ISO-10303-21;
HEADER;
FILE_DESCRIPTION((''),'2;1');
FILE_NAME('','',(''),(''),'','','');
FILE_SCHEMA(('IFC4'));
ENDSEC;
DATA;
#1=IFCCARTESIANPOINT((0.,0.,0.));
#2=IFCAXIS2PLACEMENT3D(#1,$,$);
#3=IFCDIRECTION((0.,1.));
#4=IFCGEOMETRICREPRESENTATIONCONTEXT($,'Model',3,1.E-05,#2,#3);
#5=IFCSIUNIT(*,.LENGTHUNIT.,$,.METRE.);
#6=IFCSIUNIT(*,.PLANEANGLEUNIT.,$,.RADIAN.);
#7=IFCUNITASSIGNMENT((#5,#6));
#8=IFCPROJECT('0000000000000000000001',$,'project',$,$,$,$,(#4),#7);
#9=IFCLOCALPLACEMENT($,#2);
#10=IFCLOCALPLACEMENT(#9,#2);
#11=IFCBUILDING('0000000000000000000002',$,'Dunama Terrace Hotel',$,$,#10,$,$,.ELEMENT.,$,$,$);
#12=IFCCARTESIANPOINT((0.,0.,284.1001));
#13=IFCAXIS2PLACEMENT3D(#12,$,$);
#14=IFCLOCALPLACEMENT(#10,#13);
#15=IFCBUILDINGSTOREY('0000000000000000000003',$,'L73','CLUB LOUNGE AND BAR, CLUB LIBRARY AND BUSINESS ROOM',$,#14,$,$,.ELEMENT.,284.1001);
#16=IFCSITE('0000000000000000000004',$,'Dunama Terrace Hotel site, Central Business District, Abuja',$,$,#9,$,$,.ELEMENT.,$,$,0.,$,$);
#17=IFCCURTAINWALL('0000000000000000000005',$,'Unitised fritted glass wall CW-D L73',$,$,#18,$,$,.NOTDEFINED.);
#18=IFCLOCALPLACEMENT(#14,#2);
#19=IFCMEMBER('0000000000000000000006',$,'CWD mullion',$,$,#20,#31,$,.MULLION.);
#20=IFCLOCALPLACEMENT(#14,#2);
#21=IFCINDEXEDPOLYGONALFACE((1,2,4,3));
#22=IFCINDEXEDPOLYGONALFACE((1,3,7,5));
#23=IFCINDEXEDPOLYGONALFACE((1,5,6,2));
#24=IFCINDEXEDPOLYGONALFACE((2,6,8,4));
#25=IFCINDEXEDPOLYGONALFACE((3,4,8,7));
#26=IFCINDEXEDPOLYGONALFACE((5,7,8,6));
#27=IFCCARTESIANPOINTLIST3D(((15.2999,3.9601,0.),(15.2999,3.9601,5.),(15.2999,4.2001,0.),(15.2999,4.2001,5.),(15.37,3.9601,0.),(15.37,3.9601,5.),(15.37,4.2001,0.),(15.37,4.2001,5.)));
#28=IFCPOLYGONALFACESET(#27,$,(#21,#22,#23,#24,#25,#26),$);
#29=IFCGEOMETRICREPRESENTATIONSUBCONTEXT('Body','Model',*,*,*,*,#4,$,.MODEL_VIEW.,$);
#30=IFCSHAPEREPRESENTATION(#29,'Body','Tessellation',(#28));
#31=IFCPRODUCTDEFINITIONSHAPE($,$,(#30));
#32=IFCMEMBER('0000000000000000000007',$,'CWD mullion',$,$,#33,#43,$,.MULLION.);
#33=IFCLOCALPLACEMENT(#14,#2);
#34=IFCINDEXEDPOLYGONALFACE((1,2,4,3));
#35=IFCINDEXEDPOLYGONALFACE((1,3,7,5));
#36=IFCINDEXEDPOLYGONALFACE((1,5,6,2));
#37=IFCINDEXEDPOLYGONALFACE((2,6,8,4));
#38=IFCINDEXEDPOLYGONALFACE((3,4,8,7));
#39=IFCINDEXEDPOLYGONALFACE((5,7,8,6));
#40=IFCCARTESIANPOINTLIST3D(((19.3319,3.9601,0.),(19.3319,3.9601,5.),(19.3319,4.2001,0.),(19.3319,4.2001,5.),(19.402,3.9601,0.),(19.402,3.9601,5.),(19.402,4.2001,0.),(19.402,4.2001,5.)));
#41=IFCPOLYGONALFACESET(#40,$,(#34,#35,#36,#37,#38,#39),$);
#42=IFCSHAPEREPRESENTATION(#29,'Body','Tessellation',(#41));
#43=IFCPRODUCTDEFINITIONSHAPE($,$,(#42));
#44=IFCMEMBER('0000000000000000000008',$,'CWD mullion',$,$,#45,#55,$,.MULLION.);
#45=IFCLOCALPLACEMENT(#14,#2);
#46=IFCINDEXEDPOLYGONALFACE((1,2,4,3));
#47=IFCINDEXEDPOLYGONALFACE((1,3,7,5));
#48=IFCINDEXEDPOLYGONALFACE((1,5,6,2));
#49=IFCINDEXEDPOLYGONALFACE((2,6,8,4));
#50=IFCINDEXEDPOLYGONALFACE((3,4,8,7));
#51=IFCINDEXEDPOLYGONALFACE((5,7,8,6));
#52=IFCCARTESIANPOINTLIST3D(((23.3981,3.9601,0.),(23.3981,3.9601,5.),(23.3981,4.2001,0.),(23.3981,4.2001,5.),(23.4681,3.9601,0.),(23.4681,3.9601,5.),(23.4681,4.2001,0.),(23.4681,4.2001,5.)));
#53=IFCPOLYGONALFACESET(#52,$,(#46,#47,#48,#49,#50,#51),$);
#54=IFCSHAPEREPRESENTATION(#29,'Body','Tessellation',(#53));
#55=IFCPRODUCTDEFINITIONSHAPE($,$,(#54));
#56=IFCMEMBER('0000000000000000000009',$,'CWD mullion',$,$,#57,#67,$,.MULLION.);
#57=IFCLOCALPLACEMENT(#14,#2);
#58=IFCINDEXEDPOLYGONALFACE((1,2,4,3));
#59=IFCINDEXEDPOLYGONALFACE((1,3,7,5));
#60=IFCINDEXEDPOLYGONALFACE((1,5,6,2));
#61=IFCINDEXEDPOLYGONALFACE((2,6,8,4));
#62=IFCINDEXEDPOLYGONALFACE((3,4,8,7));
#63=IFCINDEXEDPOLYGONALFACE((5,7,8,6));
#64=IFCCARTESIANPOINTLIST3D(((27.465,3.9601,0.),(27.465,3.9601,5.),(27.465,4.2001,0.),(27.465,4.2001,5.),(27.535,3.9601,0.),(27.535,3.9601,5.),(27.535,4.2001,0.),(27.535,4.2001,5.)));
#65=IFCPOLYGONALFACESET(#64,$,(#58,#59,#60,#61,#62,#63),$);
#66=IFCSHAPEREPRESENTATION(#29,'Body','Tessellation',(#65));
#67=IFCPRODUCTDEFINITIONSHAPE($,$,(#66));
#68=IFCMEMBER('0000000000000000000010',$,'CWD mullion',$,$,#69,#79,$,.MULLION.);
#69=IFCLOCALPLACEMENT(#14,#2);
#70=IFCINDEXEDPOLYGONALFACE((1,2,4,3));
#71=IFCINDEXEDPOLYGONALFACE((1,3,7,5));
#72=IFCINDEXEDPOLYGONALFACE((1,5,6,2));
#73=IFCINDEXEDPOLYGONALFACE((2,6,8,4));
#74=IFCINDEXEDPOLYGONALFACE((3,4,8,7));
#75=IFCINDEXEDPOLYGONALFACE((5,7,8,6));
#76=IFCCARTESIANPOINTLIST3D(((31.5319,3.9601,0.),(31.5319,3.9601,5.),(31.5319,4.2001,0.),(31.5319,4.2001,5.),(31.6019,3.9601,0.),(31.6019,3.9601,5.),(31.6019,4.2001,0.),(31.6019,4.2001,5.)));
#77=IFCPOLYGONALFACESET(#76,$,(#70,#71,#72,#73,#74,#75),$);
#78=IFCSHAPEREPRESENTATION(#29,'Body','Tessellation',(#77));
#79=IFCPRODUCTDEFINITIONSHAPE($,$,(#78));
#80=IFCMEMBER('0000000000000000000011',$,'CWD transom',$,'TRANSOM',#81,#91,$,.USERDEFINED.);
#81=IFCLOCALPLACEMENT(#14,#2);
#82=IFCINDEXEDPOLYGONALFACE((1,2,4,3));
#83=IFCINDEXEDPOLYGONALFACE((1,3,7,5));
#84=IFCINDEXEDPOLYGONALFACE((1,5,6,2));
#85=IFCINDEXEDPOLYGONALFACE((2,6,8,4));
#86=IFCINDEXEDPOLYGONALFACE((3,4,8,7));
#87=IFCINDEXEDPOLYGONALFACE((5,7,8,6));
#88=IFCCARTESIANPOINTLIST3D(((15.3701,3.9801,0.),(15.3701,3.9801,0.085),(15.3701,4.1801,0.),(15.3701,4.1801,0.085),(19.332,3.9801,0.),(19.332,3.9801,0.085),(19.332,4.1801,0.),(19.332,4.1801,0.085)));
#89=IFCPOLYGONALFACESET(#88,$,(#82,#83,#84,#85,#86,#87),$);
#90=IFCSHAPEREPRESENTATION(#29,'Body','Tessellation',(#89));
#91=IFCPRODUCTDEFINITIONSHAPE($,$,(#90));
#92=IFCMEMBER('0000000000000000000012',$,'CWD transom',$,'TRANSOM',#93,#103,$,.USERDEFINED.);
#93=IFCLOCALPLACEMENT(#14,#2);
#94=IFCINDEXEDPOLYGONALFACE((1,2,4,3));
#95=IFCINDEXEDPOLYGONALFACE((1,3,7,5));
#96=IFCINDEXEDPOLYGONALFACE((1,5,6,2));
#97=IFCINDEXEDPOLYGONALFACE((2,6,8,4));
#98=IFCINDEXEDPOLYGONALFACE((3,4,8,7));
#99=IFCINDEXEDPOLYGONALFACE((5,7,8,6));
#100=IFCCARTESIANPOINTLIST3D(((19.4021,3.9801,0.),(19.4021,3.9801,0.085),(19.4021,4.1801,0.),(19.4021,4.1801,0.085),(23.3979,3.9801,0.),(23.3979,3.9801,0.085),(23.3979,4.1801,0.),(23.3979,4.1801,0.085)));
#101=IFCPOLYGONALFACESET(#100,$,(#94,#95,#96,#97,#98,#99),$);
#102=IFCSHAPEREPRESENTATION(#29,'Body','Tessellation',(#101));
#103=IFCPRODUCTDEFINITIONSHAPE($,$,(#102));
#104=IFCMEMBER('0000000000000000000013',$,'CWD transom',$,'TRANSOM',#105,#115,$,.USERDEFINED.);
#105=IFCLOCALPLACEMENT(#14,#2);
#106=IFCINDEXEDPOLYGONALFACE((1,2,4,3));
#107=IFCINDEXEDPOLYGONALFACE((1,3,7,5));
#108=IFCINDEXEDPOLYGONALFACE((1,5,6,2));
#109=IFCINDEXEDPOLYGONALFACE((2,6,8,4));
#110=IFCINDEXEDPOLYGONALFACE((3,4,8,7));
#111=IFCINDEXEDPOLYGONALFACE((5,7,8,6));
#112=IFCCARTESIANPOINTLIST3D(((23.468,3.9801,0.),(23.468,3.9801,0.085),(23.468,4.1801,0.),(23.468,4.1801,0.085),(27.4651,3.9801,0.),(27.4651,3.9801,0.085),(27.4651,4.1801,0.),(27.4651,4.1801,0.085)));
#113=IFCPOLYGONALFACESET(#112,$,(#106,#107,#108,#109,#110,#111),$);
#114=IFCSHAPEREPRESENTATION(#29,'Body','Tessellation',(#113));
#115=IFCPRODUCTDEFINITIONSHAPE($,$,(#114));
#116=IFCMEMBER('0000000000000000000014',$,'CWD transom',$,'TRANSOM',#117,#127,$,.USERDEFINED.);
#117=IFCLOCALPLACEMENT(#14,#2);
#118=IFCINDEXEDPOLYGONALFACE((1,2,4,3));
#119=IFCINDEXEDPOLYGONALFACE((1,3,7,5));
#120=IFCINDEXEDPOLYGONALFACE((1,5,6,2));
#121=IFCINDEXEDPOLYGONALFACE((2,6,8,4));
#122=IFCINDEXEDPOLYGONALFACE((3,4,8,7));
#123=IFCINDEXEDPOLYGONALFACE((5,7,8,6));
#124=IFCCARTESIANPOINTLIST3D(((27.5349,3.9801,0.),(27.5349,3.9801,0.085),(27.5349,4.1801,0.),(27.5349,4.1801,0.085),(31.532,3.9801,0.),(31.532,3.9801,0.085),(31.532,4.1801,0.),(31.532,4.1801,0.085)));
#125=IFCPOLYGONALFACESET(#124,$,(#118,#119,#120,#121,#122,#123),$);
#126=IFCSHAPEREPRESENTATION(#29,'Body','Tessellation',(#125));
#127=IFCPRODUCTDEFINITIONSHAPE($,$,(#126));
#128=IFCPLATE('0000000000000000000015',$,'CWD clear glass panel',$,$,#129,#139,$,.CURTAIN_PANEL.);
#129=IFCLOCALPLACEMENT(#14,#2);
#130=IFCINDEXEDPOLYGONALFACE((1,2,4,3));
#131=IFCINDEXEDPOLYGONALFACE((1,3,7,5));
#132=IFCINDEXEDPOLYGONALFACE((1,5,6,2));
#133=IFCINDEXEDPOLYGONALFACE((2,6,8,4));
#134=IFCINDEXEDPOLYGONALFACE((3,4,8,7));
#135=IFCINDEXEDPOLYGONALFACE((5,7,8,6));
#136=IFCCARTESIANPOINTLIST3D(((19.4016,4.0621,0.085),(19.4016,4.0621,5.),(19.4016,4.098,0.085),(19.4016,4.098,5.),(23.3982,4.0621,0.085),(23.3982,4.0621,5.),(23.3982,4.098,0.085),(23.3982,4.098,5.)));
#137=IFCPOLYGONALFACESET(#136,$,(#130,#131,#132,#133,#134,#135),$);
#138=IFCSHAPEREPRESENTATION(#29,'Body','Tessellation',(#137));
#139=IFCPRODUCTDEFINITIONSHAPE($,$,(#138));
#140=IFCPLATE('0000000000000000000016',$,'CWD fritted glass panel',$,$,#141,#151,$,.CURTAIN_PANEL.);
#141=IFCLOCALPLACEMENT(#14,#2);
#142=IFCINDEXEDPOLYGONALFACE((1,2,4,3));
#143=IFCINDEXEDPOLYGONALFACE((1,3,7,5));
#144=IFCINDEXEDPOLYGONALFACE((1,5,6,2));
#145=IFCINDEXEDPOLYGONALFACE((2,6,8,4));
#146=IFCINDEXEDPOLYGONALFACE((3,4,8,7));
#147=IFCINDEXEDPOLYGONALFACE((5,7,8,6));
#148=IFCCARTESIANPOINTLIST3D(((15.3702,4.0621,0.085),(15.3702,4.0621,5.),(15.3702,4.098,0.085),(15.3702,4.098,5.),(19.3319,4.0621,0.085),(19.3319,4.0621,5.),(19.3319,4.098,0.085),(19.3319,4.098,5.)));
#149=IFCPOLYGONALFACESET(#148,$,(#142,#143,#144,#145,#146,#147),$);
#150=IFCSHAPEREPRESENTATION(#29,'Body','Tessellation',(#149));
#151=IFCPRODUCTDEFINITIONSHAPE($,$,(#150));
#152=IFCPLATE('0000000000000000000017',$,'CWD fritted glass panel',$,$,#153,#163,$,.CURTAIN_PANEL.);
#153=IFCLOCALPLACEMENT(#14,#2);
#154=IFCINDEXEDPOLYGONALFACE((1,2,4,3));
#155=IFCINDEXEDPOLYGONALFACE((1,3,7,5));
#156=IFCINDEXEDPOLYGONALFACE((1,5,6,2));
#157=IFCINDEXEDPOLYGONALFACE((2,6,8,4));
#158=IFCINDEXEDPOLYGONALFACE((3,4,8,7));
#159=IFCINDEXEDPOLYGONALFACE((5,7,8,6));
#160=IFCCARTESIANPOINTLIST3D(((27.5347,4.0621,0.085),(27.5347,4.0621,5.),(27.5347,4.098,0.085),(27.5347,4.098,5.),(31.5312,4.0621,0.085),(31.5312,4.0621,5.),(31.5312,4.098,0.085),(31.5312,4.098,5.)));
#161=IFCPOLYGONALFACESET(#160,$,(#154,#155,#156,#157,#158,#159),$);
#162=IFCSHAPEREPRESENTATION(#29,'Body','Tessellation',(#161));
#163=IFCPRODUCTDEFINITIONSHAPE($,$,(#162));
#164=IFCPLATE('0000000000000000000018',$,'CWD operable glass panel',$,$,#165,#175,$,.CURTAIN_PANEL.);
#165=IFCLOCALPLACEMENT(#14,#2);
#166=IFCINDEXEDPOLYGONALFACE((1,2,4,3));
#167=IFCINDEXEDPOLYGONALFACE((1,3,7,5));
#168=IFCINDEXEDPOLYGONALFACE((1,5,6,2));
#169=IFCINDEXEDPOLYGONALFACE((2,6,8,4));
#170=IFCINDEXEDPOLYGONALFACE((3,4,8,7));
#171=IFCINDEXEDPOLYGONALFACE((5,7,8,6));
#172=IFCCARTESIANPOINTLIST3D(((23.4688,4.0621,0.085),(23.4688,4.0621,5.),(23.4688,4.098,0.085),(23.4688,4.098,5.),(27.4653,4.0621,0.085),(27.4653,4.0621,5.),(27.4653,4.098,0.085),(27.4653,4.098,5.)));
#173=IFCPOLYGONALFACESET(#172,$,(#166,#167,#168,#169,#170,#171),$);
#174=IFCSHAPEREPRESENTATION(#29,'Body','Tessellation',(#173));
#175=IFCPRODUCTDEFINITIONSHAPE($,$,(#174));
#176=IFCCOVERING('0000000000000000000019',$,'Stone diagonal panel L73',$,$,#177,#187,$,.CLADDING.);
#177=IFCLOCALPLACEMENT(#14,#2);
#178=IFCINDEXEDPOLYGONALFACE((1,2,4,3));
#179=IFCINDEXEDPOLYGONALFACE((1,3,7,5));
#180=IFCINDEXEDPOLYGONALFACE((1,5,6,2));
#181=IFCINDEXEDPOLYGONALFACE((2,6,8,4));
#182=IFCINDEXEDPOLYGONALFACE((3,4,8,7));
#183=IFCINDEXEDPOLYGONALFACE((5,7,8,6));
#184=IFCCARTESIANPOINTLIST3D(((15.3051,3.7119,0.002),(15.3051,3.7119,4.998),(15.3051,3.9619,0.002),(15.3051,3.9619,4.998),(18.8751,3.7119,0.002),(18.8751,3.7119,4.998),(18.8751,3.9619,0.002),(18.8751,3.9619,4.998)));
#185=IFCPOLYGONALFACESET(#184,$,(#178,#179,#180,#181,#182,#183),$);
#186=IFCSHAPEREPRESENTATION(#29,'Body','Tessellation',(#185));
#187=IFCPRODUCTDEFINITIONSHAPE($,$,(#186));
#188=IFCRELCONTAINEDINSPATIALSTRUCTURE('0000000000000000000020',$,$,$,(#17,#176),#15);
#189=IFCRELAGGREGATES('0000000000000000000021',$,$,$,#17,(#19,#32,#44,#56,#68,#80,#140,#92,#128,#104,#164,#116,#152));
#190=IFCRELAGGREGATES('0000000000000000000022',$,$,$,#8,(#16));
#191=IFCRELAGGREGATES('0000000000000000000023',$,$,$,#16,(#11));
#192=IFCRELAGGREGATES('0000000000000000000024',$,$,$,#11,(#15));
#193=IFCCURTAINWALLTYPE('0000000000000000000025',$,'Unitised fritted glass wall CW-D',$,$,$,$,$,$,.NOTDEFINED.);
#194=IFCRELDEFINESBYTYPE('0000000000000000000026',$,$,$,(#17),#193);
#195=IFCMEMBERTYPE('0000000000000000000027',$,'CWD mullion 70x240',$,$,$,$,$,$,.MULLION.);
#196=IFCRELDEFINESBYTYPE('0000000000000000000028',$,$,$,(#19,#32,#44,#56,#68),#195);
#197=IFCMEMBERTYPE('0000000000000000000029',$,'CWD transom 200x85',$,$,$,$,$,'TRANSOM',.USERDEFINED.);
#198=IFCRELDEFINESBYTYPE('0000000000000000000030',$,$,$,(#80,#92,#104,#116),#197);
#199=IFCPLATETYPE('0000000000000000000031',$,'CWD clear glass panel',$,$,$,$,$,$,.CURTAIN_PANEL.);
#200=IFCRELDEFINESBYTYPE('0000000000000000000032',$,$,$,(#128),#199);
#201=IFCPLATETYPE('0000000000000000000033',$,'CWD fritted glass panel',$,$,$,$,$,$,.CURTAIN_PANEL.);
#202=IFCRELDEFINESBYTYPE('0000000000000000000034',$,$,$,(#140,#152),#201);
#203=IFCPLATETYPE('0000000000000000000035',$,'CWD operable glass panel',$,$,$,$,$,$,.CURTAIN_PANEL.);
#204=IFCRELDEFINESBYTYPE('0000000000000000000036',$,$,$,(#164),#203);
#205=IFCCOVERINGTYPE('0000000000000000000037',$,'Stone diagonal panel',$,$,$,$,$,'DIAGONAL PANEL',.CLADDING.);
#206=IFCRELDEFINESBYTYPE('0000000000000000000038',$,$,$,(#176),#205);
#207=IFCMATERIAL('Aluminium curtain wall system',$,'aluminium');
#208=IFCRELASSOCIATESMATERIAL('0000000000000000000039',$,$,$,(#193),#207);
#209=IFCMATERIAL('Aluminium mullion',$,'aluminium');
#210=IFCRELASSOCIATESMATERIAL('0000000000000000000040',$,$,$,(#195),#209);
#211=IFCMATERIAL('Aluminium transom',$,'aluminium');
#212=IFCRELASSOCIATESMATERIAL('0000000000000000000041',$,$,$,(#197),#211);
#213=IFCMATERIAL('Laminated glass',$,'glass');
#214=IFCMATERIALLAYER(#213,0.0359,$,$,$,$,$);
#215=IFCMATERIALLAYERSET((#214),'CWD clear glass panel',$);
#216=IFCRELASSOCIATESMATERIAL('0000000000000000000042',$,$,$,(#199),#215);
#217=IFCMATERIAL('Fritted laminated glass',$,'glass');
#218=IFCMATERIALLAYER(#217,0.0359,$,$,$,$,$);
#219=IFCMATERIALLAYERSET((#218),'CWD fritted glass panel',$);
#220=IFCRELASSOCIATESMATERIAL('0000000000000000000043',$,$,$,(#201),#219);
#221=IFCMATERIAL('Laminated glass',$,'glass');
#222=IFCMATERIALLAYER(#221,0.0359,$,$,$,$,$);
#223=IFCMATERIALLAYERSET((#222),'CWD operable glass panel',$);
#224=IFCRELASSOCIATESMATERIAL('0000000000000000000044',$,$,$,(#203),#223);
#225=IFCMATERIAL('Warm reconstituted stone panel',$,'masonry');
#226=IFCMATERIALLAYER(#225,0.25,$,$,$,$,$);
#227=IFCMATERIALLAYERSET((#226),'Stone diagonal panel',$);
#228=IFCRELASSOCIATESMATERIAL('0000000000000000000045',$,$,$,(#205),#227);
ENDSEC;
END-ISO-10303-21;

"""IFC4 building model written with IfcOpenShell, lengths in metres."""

from ifc_helpers import new_model, si_unit, direction, frame, origin, origin_2d, place, context, subcontext, project, spatial, rectangle, extrude, material, layer, layer_set, material_profile, profile_set, type_object, element, aggregate, save


model = new_model("IFC4")

# Units and contexts
model_context = context("Model", 3, precision=1e-05, world=origin(), true_north=direction((0.0, 1.0)))
body_context = subcontext(model_context, "Body", "Model", "MODEL_VIEW")
ifc_project = project(units=[si_unit("LENGTHUNIT", "METRE"), si_unit("PLANEANGLEUNIT", "RADIAN")], contexts=[model_context])

# Site, building, storey
site_placement = place(None, origin())
site = spatial("IfcSite", under=ifc_project, at=site_placement, Name="Dunama Terrace Hotel site, Central Business District, Abuja", CompositionType="ELEMENT", RefElevation=0.0)
building_placement = place(site_placement, origin())
building = spatial("IfcBuilding", under=site, at=building_placement, Name="Dunama Terrace Hotel", CompositionType="ELEMENT")
storey_placement = place(building_placement, frame((0.0, 0.0, 284.1001)))
storey = spatial("IfcBuildingStorey", under=building, at=storey_placement, Name="L73", Description="CLUB LOUNGE AND BAR, CLUB LIBRARY AND BUSINESS ROOM", CompositionType="ELEMENT", Elevation=284.1001)

# Curtain wall, members, plates
ifc_material_1 = material(Name="Aluminium curtain wall system", Category="aluminium")
curtain_wall_type = type_object("IfcCurtainWallType", Name="Unitised fritted glass wall CW-D", PredefinedType="NOTDEFINED", material=ifc_material_1)
curtain_wall_placement = place(storey_placement, origin())
curtain_wall = element("IfcCurtainWall", 1, at=curtain_wall_placement, inside=storey, type_object=curtain_wall_type, Name="Unitised fritted glass wall CW-D L73", PredefinedType="NOTDEFINED")
ifc_material_2 = material(Name="Aluminium mullion", Category="aluminium")
ifc_material_profile_1 = material_profile(ifc_material_2, rectangle(XDim=0.0701, YDim=0.24, at=origin_2d()), Name="CWD MULLION 70X240")
ifc_profile_set_1 = profile_set([ifc_material_profile_1], Name="Aluminium mullion")
member_type_1 = type_object("IfcMemberType", Name="CWD mullion 70x240", PredefinedType="MULLION", material=ifc_profile_set_1)
member_1_placement = place(storey_placement, frame((15.335, 4.0801, 0.0), z_axis=(0.0, 0.0, 1.0), x_axis=(1.0, 0.0, 0.0)))
member_1 = element("IfcMember", 2, at=member_1_placement, type_object=member_type_1, Name="CWD mullion", PredefinedType="MULLION", context=body_context, shape_type="SweptSolid", body=[
    extrude(rectangle(XDim=0.0701, YDim=0.24, at=origin_2d()), origin(), (0.0, 0.0, 1.0), 5.0),
])
member_2_placement = place(storey_placement, frame((19.3669, 4.0801, 0.0), z_axis=(0.0, 0.0, 1.0), x_axis=(1.0, 0.0, 0.0)))
member_2 = element("IfcMember", 3, at=member_2_placement, type_object=member_type_1, Name="CWD mullion", PredefinedType="MULLION", context=body_context, shape_type="SweptSolid", body=[
    extrude(rectangle(XDim=0.0701, YDim=0.24, at=origin_2d()), origin(), (0.0, 0.0, 1.0), 5.0),
])
member_3_placement = place(storey_placement, frame((23.4331, 4.0801, 0.0), z_axis=(0.0, 0.0, 1.0), x_axis=(1.0, 0.0, 0.0)))
member_3 = element("IfcMember", 4, at=member_3_placement, type_object=member_type_1, Name="CWD mullion", PredefinedType="MULLION", context=body_context, shape_type="SweptSolid", body=[
    extrude(rectangle(XDim=0.0701, YDim=0.24, at=origin_2d()), origin(), (0.0, 0.0, 1.0), 5.0),
])
member_4_placement = place(storey_placement, frame((27.5, 4.0801, 0.0), z_axis=(0.0, 0.0, 1.0), x_axis=(1.0, 0.0, 0.0)))
member_4 = element("IfcMember", 5, at=member_4_placement, type_object=member_type_1, Name="CWD mullion", PredefinedType="MULLION", context=body_context, shape_type="SweptSolid", body=[
    extrude(rectangle(XDim=0.0701, YDim=0.24, at=origin_2d()), origin(), (0.0, 0.0, 1.0), 5.0),
])
member_5_placement = place(storey_placement, frame((31.5669, 4.0801, 0.0), z_axis=(0.0, 0.0, 1.0), x_axis=(1.0, 0.0, 0.0)))
member_5 = element("IfcMember", 6, at=member_5_placement, type_object=member_type_1, Name="CWD mullion", PredefinedType="MULLION", context=body_context, shape_type="SweptSolid", body=[
    extrude(rectangle(XDim=0.0701, YDim=0.24, at=origin_2d()), origin(), (0.0, 0.0, 1.0), 5.0),
])
ifc_material_3 = material(Name="Aluminium transom", Category="aluminium")
ifc_material_profile_2 = material_profile(ifc_material_3, rectangle(XDim=0.2, YDim=0.085, at=origin_2d()), Name="CWD TRANSOM 200X85")
ifc_profile_set_2 = profile_set([ifc_material_profile_2], Name="Aluminium transom")
member_type_2 = type_object("IfcMemberType", Name="CWD transom 200x85", ElementType="TRANSOM", PredefinedType="USERDEFINED", material=ifc_profile_set_2)
member_6_placement = place(storey_placement, frame((15.3701, 4.0801, 0.0425), z_axis=(1.0, 0.0, 0.0), x_axis=(0.0, 1.0, 0.0)))
member_6 = element("IfcMember", 7, at=member_6_placement, type_object=member_type_2, Name="CWD transom", ObjectType="TRANSOM", PredefinedType="USERDEFINED", context=body_context, shape_type="SweptSolid", body=[
    extrude(rectangle(XDim=0.2, YDim=0.085, at=origin_2d()), origin(), (0.0, 0.0, 1.0), 3.9619),
])
member_7_placement = place(storey_placement, frame((19.4021, 4.0801, 0.0425), z_axis=(1.0, 0.0, 0.0), x_axis=(0.0, 1.0, 0.0)))
member_7 = element("IfcMember", 8, at=member_7_placement, type_object=member_type_2, Name="CWD transom", ObjectType="TRANSOM", PredefinedType="USERDEFINED", context=body_context, shape_type="SweptSolid", body=[
    extrude(rectangle(XDim=0.2, YDim=0.085, at=origin_2d()), origin(), (0.0, 0.0, 1.0), 3.9958),
])
member_8_placement = place(storey_placement, frame((23.468, 4.0801, 0.0425), z_axis=(1.0, 0.0, 0.0), x_axis=(0.0, 1.0, 0.0)))
member_8 = element("IfcMember", 9, at=member_8_placement, type_object=member_type_2, Name="CWD transom", ObjectType="TRANSOM", PredefinedType="USERDEFINED", context=body_context, shape_type="SweptSolid", body=[
    extrude(rectangle(XDim=0.2, YDim=0.085, at=origin_2d()), origin(), (0.0, 0.0, 1.0), 3.9971),
])
member_9_placement = place(storey_placement, frame((27.5349, 4.0801, 0.0425), z_axis=(1.0, 0.0, 0.0), x_axis=(0.0, 1.0, 0.0)))
member_9 = element("IfcMember", 10, at=member_9_placement, type_object=member_type_2, Name="CWD transom", ObjectType="TRANSOM", PredefinedType="USERDEFINED", context=body_context, shape_type="SweptSolid", body=[
    extrude(rectangle(XDim=0.2, YDim=0.085, at=origin_2d()), origin(), (0.0, 0.0, 1.0), 3.9971),
])
ifc_material_4 = material(Name="Laminated glass", Category="glass")
ifc_layer_1 = layer(ifc_material_4, 0.0359)
ifc_layer_set_1 = layer_set([ifc_layer_1], Name="CWD clear glass panel")
plate_type_1 = type_object("IfcPlateType", Name="CWD clear glass panel", PredefinedType="CURTAIN_PANEL", material=ifc_layer_set_1)
plate_1_placement = place(storey_placement, frame((21.3999, 4.0801, 0.085), z_axis=(0.0, 0.0, 1.0), x_axis=(1.0, 0.0, 0.0)))
plate_1 = element("IfcPlate", 11, at=plate_1_placement, type_object=plate_type_1, Name="CWD clear glass panel", PredefinedType="CURTAIN_PANEL", context=body_context, shape_type="SweptSolid", body=[
    extrude(rectangle(XDim=3.9966, YDim=0.0359, at=origin_2d()), origin(), (0.0, 0.0, 1.0), 4.915),
])
ifc_material_5 = material(Name="Fritted laminated glass", Category="glass")
ifc_layer_2 = layer(ifc_material_5, 0.0359)
ifc_layer_set_2 = layer_set([ifc_layer_2], Name="CWD fritted glass panel")
plate_type_2 = type_object("IfcPlateType", Name="CWD fritted glass panel", PredefinedType="CURTAIN_PANEL", material=ifc_layer_set_2)
plate_2_placement = place(storey_placement, frame((17.3511, 4.0801, 0.085), z_axis=(0.0, 0.0, 1.0), x_axis=(1.0, 0.0, 0.0)))
plate_2 = element("IfcPlate", 12, at=plate_2_placement, type_object=plate_type_2, Name="CWD fritted glass panel", PredefinedType="CURTAIN_PANEL", context=body_context, shape_type="SweptSolid", body=[
    extrude(rectangle(XDim=3.9617, YDim=0.0359, at=origin_2d()), origin(), (0.0, 0.0, 1.0), 4.915),
])
plate_3_placement = place(storey_placement, frame((29.533, 4.0801, 0.085), z_axis=(0.0, 0.0, 1.0), x_axis=(1.0, 0.0, 0.0)))
plate_3 = element("IfcPlate", 13, at=plate_3_placement, type_object=plate_type_2, Name="CWD fritted glass panel", PredefinedType="CURTAIN_PANEL", context=body_context, shape_type="SweptSolid", body=[
    extrude(rectangle(XDim=3.9966, YDim=0.0359, at=origin_2d()), origin(), (0.0, 0.0, 1.0), 4.915),
])
ifc_material_6 = material(Name="Laminated glass", Category="glass")
ifc_layer_3 = layer(ifc_material_6, 0.0359)
ifc_layer_set_3 = layer_set([ifc_layer_3], Name="CWD operable glass panel")
plate_type_3 = type_object("IfcPlateType", Name="CWD operable glass panel", PredefinedType="CURTAIN_PANEL", material=ifc_layer_set_3)
plate_4_placement = place(storey_placement, frame((25.467, 4.0801, 0.085), z_axis=(0.0, 0.0, 1.0), x_axis=(1.0, 0.0, 0.0)))
plate_4 = element("IfcPlate", 14, at=plate_4_placement, type_object=plate_type_3, Name="CWD operable glass panel", PredefinedType="CURTAIN_PANEL", context=body_context, shape_type="SweptSolid", body=[
    extrude(rectangle(XDim=3.9966, YDim=0.0359, at=origin_2d()), origin(), (0.0, 0.0, 1.0), 4.915),
])
aggregate(curtain_wall, [member_1, member_2, member_3, member_4, member_5, member_6, plate_2, member_7, plate_1, member_8, plate_4, member_9, plate_3])

# Covering
ifc_material_7 = material(Name="Warm reconstituted stone panel", Category="masonry")
ifc_layer_4 = layer(ifc_material_7, 0.25)
ifc_layer_set_4 = layer_set([ifc_layer_4], Name="Stone diagonal panel")
covering_type = type_object("IfcCoveringType", Name="Stone diagonal panel", ElementType="DIAGONAL PANEL", PredefinedType="CLADDING", material=ifc_layer_set_4)
covering_1_placement = place(storey_placement, frame((17.0901, 3.8369, 0.002), z_axis=(0.0, 0.0, 1.0), x_axis=(1.0, 0.0, 0.0)))
element("IfcCovering", 15, at=covering_1_placement, inside=storey, type_object=covering_type, Name="Stone diagonal panel L73", PredefinedType="CLADDING", context=body_context, shape_type="SweptSolid", body=[
    extrude(rectangle(XDim=3.5701, YDim=0.25, at=origin_2d()), origin(), (0.0, 0.0, 1.0), 4.9961),
])

save(model, "model.ifc")
